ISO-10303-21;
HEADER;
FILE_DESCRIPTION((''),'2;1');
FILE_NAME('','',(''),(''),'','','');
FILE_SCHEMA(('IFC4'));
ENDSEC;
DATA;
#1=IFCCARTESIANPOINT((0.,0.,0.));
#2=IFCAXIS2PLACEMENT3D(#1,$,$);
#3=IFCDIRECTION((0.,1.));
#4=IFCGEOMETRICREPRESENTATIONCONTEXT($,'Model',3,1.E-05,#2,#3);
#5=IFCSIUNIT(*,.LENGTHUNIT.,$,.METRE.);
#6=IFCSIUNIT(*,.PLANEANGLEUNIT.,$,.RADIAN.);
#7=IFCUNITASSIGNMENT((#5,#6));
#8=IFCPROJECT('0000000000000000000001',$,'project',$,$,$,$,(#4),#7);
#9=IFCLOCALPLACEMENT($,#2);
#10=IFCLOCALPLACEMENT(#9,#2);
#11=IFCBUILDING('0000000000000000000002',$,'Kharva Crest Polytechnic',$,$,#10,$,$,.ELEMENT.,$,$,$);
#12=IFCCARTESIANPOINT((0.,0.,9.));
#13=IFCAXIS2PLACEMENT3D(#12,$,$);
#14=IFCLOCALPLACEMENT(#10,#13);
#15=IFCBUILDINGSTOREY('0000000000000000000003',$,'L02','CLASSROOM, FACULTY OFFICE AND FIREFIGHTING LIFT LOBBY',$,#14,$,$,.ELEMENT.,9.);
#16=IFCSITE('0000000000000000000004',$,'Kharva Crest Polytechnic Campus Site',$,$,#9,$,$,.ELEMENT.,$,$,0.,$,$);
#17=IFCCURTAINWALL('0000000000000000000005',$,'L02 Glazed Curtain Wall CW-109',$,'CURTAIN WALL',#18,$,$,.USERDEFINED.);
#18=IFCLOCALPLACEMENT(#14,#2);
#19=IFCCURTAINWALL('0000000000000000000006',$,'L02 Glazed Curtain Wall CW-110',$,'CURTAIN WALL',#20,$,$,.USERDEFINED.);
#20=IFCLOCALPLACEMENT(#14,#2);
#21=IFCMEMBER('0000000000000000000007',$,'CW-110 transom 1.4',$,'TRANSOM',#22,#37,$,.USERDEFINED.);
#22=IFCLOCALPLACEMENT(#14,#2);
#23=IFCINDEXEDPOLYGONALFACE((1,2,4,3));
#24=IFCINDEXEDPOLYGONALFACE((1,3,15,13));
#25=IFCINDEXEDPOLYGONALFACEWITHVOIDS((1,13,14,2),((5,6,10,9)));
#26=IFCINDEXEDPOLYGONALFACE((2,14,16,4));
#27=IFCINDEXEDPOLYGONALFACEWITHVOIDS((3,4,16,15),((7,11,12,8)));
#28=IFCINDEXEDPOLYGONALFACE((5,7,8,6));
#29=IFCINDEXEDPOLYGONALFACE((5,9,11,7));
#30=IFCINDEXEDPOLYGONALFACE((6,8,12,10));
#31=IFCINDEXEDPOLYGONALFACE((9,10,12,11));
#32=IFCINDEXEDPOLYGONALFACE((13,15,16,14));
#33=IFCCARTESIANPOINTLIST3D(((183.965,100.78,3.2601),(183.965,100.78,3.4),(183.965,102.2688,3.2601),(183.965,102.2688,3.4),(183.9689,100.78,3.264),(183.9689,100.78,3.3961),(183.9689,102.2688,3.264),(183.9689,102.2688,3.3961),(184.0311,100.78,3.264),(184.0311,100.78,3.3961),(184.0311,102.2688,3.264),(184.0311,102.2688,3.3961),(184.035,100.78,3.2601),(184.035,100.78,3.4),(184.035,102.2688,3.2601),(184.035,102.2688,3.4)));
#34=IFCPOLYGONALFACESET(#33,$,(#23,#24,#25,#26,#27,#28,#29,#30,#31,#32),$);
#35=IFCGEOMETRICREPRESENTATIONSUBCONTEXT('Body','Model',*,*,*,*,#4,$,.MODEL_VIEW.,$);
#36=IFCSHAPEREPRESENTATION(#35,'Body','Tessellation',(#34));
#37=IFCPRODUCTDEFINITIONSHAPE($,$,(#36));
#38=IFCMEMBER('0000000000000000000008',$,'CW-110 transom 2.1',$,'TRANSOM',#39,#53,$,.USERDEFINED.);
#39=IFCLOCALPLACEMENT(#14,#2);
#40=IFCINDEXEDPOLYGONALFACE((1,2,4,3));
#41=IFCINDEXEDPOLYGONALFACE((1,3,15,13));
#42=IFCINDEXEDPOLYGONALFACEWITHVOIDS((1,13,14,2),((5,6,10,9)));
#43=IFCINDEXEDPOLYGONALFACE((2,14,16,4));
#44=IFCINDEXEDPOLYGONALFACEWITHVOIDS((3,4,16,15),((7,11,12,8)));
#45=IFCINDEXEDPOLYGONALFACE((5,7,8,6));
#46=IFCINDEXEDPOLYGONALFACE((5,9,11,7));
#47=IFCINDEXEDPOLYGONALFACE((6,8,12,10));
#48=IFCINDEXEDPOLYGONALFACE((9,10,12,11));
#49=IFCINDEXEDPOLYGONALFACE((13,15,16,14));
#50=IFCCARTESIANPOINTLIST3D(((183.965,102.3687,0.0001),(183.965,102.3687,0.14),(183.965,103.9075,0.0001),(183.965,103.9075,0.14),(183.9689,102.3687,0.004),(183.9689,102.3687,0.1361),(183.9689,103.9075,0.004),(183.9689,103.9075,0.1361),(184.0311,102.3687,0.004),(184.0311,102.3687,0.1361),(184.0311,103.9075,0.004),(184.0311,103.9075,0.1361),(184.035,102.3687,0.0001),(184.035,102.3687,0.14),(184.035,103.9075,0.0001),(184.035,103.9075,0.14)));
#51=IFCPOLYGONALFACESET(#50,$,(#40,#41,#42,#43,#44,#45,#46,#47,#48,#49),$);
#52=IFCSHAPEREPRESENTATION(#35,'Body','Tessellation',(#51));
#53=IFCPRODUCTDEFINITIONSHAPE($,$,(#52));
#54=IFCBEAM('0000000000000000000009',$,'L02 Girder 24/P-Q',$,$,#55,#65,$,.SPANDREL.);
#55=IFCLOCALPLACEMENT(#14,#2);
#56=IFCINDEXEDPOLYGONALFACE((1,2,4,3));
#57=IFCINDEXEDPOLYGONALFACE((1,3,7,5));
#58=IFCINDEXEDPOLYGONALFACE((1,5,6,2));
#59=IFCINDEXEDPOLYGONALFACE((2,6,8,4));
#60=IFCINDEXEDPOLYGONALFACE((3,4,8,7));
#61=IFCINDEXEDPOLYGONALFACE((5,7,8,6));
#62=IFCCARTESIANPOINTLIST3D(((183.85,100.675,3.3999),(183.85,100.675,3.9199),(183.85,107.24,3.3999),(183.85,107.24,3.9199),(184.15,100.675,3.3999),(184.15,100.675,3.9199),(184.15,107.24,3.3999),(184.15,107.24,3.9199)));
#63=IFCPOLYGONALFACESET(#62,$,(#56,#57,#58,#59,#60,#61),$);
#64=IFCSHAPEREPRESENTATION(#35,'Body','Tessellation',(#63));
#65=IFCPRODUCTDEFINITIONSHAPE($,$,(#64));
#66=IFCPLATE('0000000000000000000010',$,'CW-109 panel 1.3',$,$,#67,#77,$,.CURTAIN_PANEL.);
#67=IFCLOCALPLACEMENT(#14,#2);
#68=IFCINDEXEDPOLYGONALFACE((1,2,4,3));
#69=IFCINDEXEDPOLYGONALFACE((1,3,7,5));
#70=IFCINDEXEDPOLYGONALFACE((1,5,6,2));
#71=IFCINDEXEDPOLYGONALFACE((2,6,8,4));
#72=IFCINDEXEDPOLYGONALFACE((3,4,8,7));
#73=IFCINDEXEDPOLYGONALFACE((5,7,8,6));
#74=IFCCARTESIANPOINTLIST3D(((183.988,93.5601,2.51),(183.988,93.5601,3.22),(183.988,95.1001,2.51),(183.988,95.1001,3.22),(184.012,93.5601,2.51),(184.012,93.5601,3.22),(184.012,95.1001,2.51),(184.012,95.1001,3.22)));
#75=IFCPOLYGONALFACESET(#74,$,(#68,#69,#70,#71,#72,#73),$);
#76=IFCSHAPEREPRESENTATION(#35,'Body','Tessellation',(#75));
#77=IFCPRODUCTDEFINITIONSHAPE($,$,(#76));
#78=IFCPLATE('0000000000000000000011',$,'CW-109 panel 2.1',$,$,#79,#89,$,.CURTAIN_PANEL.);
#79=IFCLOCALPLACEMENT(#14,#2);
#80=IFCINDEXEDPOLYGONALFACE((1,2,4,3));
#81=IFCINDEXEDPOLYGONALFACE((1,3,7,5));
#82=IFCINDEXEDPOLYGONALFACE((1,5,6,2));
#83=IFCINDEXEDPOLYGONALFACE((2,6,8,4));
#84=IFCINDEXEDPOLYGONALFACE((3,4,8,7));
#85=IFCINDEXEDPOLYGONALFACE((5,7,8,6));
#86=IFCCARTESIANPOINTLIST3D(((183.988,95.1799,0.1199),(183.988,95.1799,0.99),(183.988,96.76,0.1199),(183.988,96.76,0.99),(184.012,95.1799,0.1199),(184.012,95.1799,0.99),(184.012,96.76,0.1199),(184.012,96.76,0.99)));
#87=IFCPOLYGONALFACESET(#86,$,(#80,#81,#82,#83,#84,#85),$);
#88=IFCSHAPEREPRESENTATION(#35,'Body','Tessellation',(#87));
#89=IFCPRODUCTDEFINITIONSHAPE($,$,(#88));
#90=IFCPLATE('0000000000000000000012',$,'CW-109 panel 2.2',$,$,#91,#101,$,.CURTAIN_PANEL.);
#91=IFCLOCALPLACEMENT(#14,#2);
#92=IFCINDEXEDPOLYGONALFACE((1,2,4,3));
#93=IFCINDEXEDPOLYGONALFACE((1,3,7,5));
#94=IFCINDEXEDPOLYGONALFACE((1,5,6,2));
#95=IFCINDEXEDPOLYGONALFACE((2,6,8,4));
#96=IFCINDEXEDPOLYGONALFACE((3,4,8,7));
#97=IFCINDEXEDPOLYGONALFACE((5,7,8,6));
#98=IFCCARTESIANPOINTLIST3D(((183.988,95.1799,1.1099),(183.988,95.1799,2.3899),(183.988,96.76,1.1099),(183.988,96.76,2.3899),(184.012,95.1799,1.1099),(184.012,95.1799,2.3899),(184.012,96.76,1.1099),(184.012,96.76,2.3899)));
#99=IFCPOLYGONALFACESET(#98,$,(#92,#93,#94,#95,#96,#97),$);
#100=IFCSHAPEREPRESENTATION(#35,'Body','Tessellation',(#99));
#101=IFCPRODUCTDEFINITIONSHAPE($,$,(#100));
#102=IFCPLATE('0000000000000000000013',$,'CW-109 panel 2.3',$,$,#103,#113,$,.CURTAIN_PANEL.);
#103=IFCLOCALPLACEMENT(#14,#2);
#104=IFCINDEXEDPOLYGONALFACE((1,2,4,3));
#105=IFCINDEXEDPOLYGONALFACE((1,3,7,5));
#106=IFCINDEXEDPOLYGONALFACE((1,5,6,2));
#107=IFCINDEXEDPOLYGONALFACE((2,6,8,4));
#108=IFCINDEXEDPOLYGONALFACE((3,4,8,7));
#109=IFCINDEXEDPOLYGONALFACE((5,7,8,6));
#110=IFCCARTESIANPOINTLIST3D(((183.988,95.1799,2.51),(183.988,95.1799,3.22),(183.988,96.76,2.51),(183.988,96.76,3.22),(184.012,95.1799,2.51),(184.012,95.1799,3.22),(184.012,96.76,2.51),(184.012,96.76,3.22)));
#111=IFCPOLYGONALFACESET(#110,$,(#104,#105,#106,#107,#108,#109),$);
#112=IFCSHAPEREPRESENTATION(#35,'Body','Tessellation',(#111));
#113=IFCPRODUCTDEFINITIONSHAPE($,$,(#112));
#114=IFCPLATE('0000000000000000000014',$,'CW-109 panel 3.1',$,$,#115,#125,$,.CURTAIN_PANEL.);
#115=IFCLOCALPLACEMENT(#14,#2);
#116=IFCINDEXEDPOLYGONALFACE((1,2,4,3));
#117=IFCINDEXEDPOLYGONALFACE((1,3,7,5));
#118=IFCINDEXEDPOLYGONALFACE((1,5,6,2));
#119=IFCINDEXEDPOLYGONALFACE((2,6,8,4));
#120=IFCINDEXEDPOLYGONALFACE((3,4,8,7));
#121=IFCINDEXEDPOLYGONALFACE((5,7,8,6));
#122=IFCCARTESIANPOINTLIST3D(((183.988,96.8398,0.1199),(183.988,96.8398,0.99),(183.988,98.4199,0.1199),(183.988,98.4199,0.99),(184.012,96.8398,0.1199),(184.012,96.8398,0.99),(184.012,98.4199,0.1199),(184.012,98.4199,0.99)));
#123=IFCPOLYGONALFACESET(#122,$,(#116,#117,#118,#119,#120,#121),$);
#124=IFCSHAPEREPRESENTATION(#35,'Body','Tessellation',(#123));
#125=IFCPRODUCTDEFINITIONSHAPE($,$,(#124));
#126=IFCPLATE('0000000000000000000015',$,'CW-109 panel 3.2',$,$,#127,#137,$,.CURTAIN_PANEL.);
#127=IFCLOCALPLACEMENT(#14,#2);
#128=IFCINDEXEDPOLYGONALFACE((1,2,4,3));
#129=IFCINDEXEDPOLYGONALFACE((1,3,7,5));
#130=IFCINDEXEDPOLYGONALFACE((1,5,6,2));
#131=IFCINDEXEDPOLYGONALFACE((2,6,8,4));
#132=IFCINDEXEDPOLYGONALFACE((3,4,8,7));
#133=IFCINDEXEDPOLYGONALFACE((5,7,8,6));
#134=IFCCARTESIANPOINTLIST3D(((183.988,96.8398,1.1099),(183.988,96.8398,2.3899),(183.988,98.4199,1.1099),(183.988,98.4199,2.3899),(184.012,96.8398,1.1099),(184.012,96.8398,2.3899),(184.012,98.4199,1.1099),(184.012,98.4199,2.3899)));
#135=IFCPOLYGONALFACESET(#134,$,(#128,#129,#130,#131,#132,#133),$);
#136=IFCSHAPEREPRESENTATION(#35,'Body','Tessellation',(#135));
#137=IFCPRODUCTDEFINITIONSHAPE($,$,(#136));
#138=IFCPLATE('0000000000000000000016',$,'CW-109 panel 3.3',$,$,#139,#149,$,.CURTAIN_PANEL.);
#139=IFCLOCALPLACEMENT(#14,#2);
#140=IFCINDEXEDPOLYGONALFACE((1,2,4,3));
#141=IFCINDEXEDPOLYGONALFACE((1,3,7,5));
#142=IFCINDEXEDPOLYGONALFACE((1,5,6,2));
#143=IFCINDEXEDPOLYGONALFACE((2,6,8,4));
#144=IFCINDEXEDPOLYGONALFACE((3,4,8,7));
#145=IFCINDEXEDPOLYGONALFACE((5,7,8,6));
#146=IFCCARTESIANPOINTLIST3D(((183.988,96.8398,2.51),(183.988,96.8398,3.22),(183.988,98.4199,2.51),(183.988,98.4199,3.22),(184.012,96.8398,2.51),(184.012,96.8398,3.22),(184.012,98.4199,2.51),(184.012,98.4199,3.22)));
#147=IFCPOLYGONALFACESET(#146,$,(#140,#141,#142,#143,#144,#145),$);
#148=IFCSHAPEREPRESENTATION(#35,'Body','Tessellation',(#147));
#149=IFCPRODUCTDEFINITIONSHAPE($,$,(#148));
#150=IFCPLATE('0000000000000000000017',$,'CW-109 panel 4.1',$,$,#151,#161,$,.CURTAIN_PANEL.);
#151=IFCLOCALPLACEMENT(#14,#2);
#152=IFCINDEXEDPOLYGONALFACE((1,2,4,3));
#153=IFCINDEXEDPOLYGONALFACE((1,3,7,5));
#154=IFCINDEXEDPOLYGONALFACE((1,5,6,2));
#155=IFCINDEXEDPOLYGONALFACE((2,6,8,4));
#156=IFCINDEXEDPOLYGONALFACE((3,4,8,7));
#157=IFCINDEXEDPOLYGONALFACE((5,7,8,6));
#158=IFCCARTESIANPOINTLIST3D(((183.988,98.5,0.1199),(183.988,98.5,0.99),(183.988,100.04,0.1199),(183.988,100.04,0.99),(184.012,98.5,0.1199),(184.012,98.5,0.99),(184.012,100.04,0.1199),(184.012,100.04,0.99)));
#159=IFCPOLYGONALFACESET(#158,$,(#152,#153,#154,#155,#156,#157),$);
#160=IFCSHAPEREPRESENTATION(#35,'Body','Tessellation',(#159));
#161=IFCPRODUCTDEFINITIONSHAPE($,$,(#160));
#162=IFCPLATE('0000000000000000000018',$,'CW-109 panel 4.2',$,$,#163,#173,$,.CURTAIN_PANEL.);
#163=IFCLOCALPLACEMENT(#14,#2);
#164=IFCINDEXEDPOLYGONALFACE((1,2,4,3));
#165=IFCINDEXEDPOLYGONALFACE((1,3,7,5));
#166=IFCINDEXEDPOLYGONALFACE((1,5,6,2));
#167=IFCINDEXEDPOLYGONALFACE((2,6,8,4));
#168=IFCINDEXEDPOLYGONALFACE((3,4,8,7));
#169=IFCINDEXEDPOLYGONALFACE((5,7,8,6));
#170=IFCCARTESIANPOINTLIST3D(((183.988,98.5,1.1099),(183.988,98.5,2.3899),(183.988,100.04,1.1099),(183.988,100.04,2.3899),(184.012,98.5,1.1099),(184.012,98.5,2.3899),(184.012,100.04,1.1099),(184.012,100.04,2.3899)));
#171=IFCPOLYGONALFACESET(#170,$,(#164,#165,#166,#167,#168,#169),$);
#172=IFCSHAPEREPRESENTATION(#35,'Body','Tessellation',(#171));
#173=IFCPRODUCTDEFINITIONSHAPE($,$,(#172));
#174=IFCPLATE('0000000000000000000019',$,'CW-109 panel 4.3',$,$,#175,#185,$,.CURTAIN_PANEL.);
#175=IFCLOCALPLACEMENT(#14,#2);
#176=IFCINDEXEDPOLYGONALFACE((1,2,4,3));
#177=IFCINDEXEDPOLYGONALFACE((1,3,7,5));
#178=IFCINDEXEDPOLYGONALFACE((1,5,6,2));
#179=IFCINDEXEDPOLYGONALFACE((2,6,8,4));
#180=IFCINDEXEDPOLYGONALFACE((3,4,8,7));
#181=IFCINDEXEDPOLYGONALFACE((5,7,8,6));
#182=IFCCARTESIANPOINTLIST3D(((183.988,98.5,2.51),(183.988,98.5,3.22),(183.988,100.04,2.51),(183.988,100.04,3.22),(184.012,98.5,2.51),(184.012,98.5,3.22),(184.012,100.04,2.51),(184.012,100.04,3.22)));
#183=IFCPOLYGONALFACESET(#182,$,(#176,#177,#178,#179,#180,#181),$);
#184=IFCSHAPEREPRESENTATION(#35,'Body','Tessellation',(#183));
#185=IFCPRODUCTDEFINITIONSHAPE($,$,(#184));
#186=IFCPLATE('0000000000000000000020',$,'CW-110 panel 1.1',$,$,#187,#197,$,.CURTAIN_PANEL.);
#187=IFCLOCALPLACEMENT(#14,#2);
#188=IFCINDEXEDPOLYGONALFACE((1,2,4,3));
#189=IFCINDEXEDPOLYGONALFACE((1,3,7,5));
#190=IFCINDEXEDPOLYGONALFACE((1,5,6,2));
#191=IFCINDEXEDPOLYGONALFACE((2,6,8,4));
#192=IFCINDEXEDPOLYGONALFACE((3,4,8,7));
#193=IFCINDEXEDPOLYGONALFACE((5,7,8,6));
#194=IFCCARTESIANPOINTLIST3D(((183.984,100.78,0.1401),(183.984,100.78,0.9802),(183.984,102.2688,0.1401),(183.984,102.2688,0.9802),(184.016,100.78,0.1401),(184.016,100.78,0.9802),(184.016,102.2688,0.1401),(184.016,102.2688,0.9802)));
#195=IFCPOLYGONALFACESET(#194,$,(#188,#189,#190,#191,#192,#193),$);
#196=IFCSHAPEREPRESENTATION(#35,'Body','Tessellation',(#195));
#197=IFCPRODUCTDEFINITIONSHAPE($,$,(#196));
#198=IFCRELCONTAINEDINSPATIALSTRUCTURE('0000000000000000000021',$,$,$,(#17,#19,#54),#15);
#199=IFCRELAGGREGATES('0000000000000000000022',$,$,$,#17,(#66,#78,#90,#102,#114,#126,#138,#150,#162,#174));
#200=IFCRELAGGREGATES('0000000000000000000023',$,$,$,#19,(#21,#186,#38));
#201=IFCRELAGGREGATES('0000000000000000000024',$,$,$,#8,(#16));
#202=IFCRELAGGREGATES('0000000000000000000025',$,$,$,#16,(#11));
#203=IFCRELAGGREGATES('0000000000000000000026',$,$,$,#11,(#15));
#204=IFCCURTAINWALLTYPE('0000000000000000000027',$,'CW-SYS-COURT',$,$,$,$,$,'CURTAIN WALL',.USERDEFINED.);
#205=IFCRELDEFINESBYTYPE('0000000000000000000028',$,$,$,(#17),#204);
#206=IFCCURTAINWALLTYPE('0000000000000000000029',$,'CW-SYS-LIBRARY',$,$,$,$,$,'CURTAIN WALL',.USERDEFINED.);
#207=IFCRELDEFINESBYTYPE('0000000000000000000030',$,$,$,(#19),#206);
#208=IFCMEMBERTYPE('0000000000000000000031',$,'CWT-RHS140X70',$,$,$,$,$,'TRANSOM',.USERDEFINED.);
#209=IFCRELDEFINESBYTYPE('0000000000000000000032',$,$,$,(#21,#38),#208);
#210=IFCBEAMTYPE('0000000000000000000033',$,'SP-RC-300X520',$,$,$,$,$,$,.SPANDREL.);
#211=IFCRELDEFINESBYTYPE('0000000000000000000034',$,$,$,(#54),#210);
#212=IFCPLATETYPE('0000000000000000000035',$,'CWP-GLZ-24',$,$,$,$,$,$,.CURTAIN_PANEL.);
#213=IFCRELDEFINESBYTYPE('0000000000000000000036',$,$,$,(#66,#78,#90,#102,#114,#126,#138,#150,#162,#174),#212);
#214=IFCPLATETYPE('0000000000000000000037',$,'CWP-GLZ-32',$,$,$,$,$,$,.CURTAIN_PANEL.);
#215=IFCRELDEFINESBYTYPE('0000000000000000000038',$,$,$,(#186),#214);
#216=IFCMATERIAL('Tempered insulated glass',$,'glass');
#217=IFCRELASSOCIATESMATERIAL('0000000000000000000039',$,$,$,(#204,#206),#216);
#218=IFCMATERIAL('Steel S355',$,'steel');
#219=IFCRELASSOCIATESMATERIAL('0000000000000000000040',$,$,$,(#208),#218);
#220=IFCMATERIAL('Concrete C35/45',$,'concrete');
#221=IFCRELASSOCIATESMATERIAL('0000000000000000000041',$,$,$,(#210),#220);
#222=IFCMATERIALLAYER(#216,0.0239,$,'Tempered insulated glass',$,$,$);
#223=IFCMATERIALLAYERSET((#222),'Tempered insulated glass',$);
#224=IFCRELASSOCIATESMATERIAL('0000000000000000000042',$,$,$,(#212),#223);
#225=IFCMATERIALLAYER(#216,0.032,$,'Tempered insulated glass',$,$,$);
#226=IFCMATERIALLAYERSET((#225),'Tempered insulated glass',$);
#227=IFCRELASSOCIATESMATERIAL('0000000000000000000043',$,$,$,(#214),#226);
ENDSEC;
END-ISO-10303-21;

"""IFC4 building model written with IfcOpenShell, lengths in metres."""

from ifc_helpers import new_model, si_unit, direction, frame, origin, origin_2d, place, context, subcontext, project, spatial, rectangle, hollow_rectangle, extrude, material, layer, layer_set, material_profile, profile_set, type_object, element, aggregate, save


model = new_model("IFC4")

# Units and contexts
model_context = context("Model", 3, precision=1e-05, world=origin(), true_north=direction((0.0, 1.0)))
body_context = subcontext(model_context, "Body", "Model", "MODEL_VIEW")
ifc_project = project(units=[si_unit("LENGTHUNIT", "METRE"), si_unit("PLANEANGLEUNIT", "RADIAN")], contexts=[model_context])

# Site, building, storey
site_placement = place(None, origin())
site = spatial("IfcSite", under=ifc_project, at=site_placement, Name="Kharva Crest Polytechnic Campus Site", CompositionType="ELEMENT", RefElevation=0.0)
building_placement = place(site_placement, origin())
building = spatial("IfcBuilding", under=site, at=building_placement, Name="Kharva Crest Polytechnic", CompositionType="ELEMENT")
storey_placement = place(building_placement, frame((0.0, 0.0, 9.0)))
storey = spatial("IfcBuildingStorey", under=building, at=storey_placement, Name="L02", Description="CLASSROOM, FACULTY OFFICE AND FIREFIGHTING LIFT LOBBY", CompositionType="ELEMENT", Elevation=9.0)

# Curtain walls
ifc_material_1 = material(Name="Tempered insulated glass", Category="glass")
curtain_wall_type_1 = type_object("IfcCurtainWallType", Name="CW-SYS-COURT", ElementType="CURTAIN WALL", PredefinedType="USERDEFINED", material=ifc_material_1)
curtain_wall_1_placement = place(storey_placement, origin())
curtain_wall_1 = element("IfcCurtainWall", 1, at=curtain_wall_1_placement, inside=storey, type_object=curtain_wall_type_1, Name="L02 Glazed Curtain Wall CW-109", ObjectType="CURTAIN WALL", PredefinedType="USERDEFINED")
ifc_material_2 = material(Name="Steel S355", Category="steel")
curtain_wall_type_2 = type_object("IfcCurtainWallType", Name="CW-SYS-LIBRARY", ElementType="CURTAIN WALL", PredefinedType="USERDEFINED", material=ifc_material_1)
curtain_wall_2_placement = place(storey_placement, origin())
curtain_wall_2 = element("IfcCurtainWall", 2, at=curtain_wall_2_placement, inside=storey, type_object=curtain_wall_type_2, Name="L02 Glazed Curtain Wall CW-110", ObjectType="CURTAIN WALL", PredefinedType="USERDEFINED")

# Members
ifc_material_profile_1 = material_profile(ifc_material_2, hollow_rectangle(XDim=0.0701, YDim=0.1399, WallThickness=0.0039, at=origin_2d()), Name="RHS 140X70X4.0")
ifc_profile_set_1 = profile_set([ifc_material_profile_1], Name="Steel S355")
member_type_1 = type_object("IfcMemberType", Name="CWT-RHS140X70", ElementType="TRANSOM", PredefinedType="USERDEFINED", material=ifc_profile_set_1)
member_1_placement = place(storey_placement, frame((184.0, 100.78, 3.3301), z_axis=(0.0, 1.0, 0.0), x_axis=(-1.0, 0.0, 0.0)))
member_1 = element("IfcMember", 3, at=member_1_placement, type_object=member_type_1, Name="CW-110 transom 1.4", ObjectType="TRANSOM", PredefinedType="USERDEFINED", context=body_context, shape_type="SweptSolid", body=[
    extrude(hollow_rectangle(XDim=0.0701, YDim=0.1399, WallThickness=0.0039, at=origin_2d()), origin(), (0.0, 0.0, 1.0), 1.4888),
])
member_2_placement = place(storey_placement, frame((184.0, 102.3687, 0.0701), z_axis=(0.0, 1.0, 0.0), x_axis=(-1.0, 0.0, 0.0)))
member_2 = element("IfcMember", 4, at=member_2_placement, type_object=member_type_1, Name="CW-110 transom 2.1", ObjectType="TRANSOM", PredefinedType="USERDEFINED", context=body_context, shape_type="SweptSolid", body=[
    extrude(hollow_rectangle(XDim=0.0701, YDim=0.1399, WallThickness=0.0039, at=origin_2d()), origin(), (0.0, 0.0, 1.0), 1.5388),
])

# Beam
ifc_material_3 = material(Name="Concrete C35/45", Category="concrete")
ifc_material_profile_2 = material_profile(ifc_material_3, rectangle(XDim=0.3, YDim=0.52, at=origin_2d()), Name="RECT 300 X 520")
ifc_profile_set_2 = profile_set([ifc_material_profile_2], Name="Concrete C35/45")
beam_type = type_object("IfcBeamType", Name="SP-RC-300X520", PredefinedType="SPANDREL", material=ifc_profile_set_2)
beam_placement = place(storey_placement, frame((184.0, 100.675, 3.6599), z_axis=(0.0, 1.0, 0.0), x_axis=(-1.0, 0.0, 0.0)))
element("IfcBeam", 5, at=beam_placement, inside=storey, type_object=beam_type, Name="L02 Girder 24/P-Q", PredefinedType="SPANDREL", context=body_context, shape_type="SweptSolid", body=[
    extrude(rectangle(XDim=0.3, YDim=0.52, at=origin_2d()), origin(), (0.0, 0.0, 1.0), 6.5649),
])

# Plates
ifc_layer_1 = layer(ifc_material_1, 0.0239, Name="Tempered insulated glass")
ifc_layer_set_1 = layer_set([ifc_layer_1], Name="Tempered insulated glass")
plate_type_1 = type_object("IfcPlateType", Name="CWP-GLZ-24", PredefinedType="CURTAIN_PANEL", material=ifc_layer_set_1)
plate_1_placement = place(storey_placement, frame((184.0, 94.3301, 2.51), z_axis=(0.0, 0.0, 1.0), x_axis=(0.0, 1.0, 0.0)))
plate_1 = element("IfcPlate", 6, at=plate_1_placement, type_object=plate_type_1, Name="CW-109 panel 1.3", PredefinedType="CURTAIN_PANEL", context=body_context, shape_type="SweptSolid", body=[
    extrude(rectangle(XDim=1.54, YDim=0.0239, at=origin_2d()), origin(), (0.0, 0.0, 1.0), 0.71),
])
plate_2_placement = place(storey_placement, frame((184.0, 95.97, 0.1199), z_axis=(0.0, 0.0, 1.0), x_axis=(0.0, 1.0, 0.0)))
plate_2 = element("IfcPlate", 7, at=plate_2_placement, type_object=plate_type_1, Name="CW-109 panel 2.1", PredefinedType="CURTAIN_PANEL", context=body_context, shape_type="SweptSolid", body=[
    extrude(rectangle(XDim=1.5801, YDim=0.0239, at=origin_2d()), origin(), (0.0, 0.0, 1.0), 0.8701),
])
plate_3_placement = place(storey_placement, frame((184.0, 95.97, 1.1099), z_axis=(0.0, 0.0, 1.0), x_axis=(0.0, 1.0, 0.0)))
plate_3 = element("IfcPlate", 8, at=plate_3_placement, type_object=plate_type_1, Name="CW-109 panel 2.2", PredefinedType="CURTAIN_PANEL", context=body_context, shape_type="SweptSolid", body=[
    extrude(rectangle(XDim=1.5801, YDim=0.0239, at=origin_2d()), origin(), (0.0, 0.0, 1.0), 1.28),
])
plate_4_placement = place(storey_placement, frame((184.0, 95.97, 2.51), z_axis=(0.0, 0.0, 1.0), x_axis=(0.0, 1.0, 0.0)))
plate_4 = element("IfcPlate", 9, at=plate_4_placement, type_object=plate_type_1, Name="CW-109 panel 2.3", PredefinedType="CURTAIN_PANEL", context=body_context, shape_type="SweptSolid", body=[
    extrude(rectangle(XDim=1.5801, YDim=0.0239, at=origin_2d()), origin(), (0.0, 0.0, 1.0), 0.71),
])
plate_5_placement = place(storey_placement, frame((184.0, 97.6299, 0.1199), z_axis=(0.0, 0.0, 1.0), x_axis=(0.0, 1.0, 0.0)))
plate_5 = element("IfcPlate", 10, at=plate_5_placement, type_object=plate_type_1, Name="CW-109 panel 3.1", PredefinedType="CURTAIN_PANEL", context=body_context, shape_type="SweptSolid", body=[
    extrude(rectangle(XDim=1.5801, YDim=0.0239, at=origin_2d()), origin(), (0.0, 0.0, 1.0), 0.8701),
])
plate_6_placement = place(storey_placement, frame((184.0, 97.6299, 1.1099), z_axis=(0.0, 0.0, 1.0), x_axis=(0.0, 1.0, 0.0)))
plate_6 = element("IfcPlate", 11, at=plate_6_placement, type_object=plate_type_1, Name="CW-109 panel 3.2", PredefinedType="CURTAIN_PANEL", context=body_context, shape_type="SweptSolid", body=[
    extrude(rectangle(XDim=1.5801, YDim=0.0239, at=origin_2d()), origin(), (0.0, 0.0, 1.0), 1.28),
])
plate_7_placement = place(storey_placement, frame((184.0, 97.6299, 2.51), z_axis=(0.0, 0.0, 1.0), x_axis=(0.0, 1.0, 0.0)))
plate_7 = element("IfcPlate", 12, at=plate_7_placement, type_object=plate_type_1, Name="CW-109 panel 3.3", PredefinedType="CURTAIN_PANEL", context=body_context, shape_type="SweptSolid", body=[
    extrude(rectangle(XDim=1.5801, YDim=0.0239, at=origin_2d()), origin(), (0.0, 0.0, 1.0), 0.71),
])
plate_8_placement = place(storey_placement, frame((184.0, 99.27, 0.1199), z_axis=(0.0, 0.0, 1.0), x_axis=(0.0, 1.0, 0.0)))
plate_8 = element("IfcPlate", 13, at=plate_8_placement, type_object=plate_type_1, Name="CW-109 panel 4.1", PredefinedType="CURTAIN_PANEL", context=body_context, shape_type="SweptSolid", body=[
    extrude(rectangle(XDim=1.54, YDim=0.0239, at=origin_2d()), origin(), (0.0, 0.0, 1.0), 0.8701),
])
plate_9_placement = place(storey_placement, frame((184.0, 99.27, 1.1099), z_axis=(0.0, 0.0, 1.0), x_axis=(0.0, 1.0, 0.0)))
plate_9 = element("IfcPlate", 14, at=plate_9_placement, type_object=plate_type_1, Name="CW-109 panel 4.2", PredefinedType="CURTAIN_PANEL", context=body_context, shape_type="SweptSolid", body=[
    extrude(rectangle(XDim=1.54, YDim=0.0239, at=origin_2d()), origin(), (0.0, 0.0, 1.0), 1.28),
])
plate_10_placement = place(storey_placement, frame((184.0, 99.27, 2.51), z_axis=(0.0, 0.0, 1.0), x_axis=(0.0, 1.0, 0.0)))
plate_10 = element("IfcPlate", 15, at=plate_10_placement, type_object=plate_type_1, Name="CW-109 panel 4.3", PredefinedType="CURTAIN_PANEL", context=body_context, shape_type="SweptSolid", body=[
    extrude(rectangle(XDim=1.54, YDim=0.0239, at=origin_2d()), origin(), (0.0, 0.0, 1.0), 0.71),
])
aggregate(curtain_wall_1, [plate_1, plate_2, plate_3, plate_4, plate_5, plate_6, plate_7, plate_8, plate_9, plate_10])
ifc_layer_2 = layer(ifc_material_1, 0.032, Name="Tempered insulated glass")
ifc_layer_set_2 = layer_set([ifc_layer_2], Name="Tempered insulated glass")
plate_type_2 = type_object("IfcPlateType", Name="CWP-GLZ-32", PredefinedType="CURTAIN_PANEL", material=ifc_layer_set_2)
plate_11_placement = place(storey_placement, frame((184.0, 101.5244, 0.1401), z_axis=(0.0, 0.0, 1.0), x_axis=(0.0, 1.0, 0.0)))
plate_11 = element("IfcPlate", 16, at=plate_11_placement, type_object=plate_type_2, Name="CW-110 panel 1.1", PredefinedType="CURTAIN_PANEL", context=body_context, shape_type="SweptSolid", body=[
    extrude(rectangle(XDim=1.4888, YDim=0.032, at=origin_2d()), origin(), (0.0, 0.0, 1.0), 0.8401),
])
aggregate(curtain_wall_2, [member_1, plate_11, member_2])

save(model, "model.ifc")
